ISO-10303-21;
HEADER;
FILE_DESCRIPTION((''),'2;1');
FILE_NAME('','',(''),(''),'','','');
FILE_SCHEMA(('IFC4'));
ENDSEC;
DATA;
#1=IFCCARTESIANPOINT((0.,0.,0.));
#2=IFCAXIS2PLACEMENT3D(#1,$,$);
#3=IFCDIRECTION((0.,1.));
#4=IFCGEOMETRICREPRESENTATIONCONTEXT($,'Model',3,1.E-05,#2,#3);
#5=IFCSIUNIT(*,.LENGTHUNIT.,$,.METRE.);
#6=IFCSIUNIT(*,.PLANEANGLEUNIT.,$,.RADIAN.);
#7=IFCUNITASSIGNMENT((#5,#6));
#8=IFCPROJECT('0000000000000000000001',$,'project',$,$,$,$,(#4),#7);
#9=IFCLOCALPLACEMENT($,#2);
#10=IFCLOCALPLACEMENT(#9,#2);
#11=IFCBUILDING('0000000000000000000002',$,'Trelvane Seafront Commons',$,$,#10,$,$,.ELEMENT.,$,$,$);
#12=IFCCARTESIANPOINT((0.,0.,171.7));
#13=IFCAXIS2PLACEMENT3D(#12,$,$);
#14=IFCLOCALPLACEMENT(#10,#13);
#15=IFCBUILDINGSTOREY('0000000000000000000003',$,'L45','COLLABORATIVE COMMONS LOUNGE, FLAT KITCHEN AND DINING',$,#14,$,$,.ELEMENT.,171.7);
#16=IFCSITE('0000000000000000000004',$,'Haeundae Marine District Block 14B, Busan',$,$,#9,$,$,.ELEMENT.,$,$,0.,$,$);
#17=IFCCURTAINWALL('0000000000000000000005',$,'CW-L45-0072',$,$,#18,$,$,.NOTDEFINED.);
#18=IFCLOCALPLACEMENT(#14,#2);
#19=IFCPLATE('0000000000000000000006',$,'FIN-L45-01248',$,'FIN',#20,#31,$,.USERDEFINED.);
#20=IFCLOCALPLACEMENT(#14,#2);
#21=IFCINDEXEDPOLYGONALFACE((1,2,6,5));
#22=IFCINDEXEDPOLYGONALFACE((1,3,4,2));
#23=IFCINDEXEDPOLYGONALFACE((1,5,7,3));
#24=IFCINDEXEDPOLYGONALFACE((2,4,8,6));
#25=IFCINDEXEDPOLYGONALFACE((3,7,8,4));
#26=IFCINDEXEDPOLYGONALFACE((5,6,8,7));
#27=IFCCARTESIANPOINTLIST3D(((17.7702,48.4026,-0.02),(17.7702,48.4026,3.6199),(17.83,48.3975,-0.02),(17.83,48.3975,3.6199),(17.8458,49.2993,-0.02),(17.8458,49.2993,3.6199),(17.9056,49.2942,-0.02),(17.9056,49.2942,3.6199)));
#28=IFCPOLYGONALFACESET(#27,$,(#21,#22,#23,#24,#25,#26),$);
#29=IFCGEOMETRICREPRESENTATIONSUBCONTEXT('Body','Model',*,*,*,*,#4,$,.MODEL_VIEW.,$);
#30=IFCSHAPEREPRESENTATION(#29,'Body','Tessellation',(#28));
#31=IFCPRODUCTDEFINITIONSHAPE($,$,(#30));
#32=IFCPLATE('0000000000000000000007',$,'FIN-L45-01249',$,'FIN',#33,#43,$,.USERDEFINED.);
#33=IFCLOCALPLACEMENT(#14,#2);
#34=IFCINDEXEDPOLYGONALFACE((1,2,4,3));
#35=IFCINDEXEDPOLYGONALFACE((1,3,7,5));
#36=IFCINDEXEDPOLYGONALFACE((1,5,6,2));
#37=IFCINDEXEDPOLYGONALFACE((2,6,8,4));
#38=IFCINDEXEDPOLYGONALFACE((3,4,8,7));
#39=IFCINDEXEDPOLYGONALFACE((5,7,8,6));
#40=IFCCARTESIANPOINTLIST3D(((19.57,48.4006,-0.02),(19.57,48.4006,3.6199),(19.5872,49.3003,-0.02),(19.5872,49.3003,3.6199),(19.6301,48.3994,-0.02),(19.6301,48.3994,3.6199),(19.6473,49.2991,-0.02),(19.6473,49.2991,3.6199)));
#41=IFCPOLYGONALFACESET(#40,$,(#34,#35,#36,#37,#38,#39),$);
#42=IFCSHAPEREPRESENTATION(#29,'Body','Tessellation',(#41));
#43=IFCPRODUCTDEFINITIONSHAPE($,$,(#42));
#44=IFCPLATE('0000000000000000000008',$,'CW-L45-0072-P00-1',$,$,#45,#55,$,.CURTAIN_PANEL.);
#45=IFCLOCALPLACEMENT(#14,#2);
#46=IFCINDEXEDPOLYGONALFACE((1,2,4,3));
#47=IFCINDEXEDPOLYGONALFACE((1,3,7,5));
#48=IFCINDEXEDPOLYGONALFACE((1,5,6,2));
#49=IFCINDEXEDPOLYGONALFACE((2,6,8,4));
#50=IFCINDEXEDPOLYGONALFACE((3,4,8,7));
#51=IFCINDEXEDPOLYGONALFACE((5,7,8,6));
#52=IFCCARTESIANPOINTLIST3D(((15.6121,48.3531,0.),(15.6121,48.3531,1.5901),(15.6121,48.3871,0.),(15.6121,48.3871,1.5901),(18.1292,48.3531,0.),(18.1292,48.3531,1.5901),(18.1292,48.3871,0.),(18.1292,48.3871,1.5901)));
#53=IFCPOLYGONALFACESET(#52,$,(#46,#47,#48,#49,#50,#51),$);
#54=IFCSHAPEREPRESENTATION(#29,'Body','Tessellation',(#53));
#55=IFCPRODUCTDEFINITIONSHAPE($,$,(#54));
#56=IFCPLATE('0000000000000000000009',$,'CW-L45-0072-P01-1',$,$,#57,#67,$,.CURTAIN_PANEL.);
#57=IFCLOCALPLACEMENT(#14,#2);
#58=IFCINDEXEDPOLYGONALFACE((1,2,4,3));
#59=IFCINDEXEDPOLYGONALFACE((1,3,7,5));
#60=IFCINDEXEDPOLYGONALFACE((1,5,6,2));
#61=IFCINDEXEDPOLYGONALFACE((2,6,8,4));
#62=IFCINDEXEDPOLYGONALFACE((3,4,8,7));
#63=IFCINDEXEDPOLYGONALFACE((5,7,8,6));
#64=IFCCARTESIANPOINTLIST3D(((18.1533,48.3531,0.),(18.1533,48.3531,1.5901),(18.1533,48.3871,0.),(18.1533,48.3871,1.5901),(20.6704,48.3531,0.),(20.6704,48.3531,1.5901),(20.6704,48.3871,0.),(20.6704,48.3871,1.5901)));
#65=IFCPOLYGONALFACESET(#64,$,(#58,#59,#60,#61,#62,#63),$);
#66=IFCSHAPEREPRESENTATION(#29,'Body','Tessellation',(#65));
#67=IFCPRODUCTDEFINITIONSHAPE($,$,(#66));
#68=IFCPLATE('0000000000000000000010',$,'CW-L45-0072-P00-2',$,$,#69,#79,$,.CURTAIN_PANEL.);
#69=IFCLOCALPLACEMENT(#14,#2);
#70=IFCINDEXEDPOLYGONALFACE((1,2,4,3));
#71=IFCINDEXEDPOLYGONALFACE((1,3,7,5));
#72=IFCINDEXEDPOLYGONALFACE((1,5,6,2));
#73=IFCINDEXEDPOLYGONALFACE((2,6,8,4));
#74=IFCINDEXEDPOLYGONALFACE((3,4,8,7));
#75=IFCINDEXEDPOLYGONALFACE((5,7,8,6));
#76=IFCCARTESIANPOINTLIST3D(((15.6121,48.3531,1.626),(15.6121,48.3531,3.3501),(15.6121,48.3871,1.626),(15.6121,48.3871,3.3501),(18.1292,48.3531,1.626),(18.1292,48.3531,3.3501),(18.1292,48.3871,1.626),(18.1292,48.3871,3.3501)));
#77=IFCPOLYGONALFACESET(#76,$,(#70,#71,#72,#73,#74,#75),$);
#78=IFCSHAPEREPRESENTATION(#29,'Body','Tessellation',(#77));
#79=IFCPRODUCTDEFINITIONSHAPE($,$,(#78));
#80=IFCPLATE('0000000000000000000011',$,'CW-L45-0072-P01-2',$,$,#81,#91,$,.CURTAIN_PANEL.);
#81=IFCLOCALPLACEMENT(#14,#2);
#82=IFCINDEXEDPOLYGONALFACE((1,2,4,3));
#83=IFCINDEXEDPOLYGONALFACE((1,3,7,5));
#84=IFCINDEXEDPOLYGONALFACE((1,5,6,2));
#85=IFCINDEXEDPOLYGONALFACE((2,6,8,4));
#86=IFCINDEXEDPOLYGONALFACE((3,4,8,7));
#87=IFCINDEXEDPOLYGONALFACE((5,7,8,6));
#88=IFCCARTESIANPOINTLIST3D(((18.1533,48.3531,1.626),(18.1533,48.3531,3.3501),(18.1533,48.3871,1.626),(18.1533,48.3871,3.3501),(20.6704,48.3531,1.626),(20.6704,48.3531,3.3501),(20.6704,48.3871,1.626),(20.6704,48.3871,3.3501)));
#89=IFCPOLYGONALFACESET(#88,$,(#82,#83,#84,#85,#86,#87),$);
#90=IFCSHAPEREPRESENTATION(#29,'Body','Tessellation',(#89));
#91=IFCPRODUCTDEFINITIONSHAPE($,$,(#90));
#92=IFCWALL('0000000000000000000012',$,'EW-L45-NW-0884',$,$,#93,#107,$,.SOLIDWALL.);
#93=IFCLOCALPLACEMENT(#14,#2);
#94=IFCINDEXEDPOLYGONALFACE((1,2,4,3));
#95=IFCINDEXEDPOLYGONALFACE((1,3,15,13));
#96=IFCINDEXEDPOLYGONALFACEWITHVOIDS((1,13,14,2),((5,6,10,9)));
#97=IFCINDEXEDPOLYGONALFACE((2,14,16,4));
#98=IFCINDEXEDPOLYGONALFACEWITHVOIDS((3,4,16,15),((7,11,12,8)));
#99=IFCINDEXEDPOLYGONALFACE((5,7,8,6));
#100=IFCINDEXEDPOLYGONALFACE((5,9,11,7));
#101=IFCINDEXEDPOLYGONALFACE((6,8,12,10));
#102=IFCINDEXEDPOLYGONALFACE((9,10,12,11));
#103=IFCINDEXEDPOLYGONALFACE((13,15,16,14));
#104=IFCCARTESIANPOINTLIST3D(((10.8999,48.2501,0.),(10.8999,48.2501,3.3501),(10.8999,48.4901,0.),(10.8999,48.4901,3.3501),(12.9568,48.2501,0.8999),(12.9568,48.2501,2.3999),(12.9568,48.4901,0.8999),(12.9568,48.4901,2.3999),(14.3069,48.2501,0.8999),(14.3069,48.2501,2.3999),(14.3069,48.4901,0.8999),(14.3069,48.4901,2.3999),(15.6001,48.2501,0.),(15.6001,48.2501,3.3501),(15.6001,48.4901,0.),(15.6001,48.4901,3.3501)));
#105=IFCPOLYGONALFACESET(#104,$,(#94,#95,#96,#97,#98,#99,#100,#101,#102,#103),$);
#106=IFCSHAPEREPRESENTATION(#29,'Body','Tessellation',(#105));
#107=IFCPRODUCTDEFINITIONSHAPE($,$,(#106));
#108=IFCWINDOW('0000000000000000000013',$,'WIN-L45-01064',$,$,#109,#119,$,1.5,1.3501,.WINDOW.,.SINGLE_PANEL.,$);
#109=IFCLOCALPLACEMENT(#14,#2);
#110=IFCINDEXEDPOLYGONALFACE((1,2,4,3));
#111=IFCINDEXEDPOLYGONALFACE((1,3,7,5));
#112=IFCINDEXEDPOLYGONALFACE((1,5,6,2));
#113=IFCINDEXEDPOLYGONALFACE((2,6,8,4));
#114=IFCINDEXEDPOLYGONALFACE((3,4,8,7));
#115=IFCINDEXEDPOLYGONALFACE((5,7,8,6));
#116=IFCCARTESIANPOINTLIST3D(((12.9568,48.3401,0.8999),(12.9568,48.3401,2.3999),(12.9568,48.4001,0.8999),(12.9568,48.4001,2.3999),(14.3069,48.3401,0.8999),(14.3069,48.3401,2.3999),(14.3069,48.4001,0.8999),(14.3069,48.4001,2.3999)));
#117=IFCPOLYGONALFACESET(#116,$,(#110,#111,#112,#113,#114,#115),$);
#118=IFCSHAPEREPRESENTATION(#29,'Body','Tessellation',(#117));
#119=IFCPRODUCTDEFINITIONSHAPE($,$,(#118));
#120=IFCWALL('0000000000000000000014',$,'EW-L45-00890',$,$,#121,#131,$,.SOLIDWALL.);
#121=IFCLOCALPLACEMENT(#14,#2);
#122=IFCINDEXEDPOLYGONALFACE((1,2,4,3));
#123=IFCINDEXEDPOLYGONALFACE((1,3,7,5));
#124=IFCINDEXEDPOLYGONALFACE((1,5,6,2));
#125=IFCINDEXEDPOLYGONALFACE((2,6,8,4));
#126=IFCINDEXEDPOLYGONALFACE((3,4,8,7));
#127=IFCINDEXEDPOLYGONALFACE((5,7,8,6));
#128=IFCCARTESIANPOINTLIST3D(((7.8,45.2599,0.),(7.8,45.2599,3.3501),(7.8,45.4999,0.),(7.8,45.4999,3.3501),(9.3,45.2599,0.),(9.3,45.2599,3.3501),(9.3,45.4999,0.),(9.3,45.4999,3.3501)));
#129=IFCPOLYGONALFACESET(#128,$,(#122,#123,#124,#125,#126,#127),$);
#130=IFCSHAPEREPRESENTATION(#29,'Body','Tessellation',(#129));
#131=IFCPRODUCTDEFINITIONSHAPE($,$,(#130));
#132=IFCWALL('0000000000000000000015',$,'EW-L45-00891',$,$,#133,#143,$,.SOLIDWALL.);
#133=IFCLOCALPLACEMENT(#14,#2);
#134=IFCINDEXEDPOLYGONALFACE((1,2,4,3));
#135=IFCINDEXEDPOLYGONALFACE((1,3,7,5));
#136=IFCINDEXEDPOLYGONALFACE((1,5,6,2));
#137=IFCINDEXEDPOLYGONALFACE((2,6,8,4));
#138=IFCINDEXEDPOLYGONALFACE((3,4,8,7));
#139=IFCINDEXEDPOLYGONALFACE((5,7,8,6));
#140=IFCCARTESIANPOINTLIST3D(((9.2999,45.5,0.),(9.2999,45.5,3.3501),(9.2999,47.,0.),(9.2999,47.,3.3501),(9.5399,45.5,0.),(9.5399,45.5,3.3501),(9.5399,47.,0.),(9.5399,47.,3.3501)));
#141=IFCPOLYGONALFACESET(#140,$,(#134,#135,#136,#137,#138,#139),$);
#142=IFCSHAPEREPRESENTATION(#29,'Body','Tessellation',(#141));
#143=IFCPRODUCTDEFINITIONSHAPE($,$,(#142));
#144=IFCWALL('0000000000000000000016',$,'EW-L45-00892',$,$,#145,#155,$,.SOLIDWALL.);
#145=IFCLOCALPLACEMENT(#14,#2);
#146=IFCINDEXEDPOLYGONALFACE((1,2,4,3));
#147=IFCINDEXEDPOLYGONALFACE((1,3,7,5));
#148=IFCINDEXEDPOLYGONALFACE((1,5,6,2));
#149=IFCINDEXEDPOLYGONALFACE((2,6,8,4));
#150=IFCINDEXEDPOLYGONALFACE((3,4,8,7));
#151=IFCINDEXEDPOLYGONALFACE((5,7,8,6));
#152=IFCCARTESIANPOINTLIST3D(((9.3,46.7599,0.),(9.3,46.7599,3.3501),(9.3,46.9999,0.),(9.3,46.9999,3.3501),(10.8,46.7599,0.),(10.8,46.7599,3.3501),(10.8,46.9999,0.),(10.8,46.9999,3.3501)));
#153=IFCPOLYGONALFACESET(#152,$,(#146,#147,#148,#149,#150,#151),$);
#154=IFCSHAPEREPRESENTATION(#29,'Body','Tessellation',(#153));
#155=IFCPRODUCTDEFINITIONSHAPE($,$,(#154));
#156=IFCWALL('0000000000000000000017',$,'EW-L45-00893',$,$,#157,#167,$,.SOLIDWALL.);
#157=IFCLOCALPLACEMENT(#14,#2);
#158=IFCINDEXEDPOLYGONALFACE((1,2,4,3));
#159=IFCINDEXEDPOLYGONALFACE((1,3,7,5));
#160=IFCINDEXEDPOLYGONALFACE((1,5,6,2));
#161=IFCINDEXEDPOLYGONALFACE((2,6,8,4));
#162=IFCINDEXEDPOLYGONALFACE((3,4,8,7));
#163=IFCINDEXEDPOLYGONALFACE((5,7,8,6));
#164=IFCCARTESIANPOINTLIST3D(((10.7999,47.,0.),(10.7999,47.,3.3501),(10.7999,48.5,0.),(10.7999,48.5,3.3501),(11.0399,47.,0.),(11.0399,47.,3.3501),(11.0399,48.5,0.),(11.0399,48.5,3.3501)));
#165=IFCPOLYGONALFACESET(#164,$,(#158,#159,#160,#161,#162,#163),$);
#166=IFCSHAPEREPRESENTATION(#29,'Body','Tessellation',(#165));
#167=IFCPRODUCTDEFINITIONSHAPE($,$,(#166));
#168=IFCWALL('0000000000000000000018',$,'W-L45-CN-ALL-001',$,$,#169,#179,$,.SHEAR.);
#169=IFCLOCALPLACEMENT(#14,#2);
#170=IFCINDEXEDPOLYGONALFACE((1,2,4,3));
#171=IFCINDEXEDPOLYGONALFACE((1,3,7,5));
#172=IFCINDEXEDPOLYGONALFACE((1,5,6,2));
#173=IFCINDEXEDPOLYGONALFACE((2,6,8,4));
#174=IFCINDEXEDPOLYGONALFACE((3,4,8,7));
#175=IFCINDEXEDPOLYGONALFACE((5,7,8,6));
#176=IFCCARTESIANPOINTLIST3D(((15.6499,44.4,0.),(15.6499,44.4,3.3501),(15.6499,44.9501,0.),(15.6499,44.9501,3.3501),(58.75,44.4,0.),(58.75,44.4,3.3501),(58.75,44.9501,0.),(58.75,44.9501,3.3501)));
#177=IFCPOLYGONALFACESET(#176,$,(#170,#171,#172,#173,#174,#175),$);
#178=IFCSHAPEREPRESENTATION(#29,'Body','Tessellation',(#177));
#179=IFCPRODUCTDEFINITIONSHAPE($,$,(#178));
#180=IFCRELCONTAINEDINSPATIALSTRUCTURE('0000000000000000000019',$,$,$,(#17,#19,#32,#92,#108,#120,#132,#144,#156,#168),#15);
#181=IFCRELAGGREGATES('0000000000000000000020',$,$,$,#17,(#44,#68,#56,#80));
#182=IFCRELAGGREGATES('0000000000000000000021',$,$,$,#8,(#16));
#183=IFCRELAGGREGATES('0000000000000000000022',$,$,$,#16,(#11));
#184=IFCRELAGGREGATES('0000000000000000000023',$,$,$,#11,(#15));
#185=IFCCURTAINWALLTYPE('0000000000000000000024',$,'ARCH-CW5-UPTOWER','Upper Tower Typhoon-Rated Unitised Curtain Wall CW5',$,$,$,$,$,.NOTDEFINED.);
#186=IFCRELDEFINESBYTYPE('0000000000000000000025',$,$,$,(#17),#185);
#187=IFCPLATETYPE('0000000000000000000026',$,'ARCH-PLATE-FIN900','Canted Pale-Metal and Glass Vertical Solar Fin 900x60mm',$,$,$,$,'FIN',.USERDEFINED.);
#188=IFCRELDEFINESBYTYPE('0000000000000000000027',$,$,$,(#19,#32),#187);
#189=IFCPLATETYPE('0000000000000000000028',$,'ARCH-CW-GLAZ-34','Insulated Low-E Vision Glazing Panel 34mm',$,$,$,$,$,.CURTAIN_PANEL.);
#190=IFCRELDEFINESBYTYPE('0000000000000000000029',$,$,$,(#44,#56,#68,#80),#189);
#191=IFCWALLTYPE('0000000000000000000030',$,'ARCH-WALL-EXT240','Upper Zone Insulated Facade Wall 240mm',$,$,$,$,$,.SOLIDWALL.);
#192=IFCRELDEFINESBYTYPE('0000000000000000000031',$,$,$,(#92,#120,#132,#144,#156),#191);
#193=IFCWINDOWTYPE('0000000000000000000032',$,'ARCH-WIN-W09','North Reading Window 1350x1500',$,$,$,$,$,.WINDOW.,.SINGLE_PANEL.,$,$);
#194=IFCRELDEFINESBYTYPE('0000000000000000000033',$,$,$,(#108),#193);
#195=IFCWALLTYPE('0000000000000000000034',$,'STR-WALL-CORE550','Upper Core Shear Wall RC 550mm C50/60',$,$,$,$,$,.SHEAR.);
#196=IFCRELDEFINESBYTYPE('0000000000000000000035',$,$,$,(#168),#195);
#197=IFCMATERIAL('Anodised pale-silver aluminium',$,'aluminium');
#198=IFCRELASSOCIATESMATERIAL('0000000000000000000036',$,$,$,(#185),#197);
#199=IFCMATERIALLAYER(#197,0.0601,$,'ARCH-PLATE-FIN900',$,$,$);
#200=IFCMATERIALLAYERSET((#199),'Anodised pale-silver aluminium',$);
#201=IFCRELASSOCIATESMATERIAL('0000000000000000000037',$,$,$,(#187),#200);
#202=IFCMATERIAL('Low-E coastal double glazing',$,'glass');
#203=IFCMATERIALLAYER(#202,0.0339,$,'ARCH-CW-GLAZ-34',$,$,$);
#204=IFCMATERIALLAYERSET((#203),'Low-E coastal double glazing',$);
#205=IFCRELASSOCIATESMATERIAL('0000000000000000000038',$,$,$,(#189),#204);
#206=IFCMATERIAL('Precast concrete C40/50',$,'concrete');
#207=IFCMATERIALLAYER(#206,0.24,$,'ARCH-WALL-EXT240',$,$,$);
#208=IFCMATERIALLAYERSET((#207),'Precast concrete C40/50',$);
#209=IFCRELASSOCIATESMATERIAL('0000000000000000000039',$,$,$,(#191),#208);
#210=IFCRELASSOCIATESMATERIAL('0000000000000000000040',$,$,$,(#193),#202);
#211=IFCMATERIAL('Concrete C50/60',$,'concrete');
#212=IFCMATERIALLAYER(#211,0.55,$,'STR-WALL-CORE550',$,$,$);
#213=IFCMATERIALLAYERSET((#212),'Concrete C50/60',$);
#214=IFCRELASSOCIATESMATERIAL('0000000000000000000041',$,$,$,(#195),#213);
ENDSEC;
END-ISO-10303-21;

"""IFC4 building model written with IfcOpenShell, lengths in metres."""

from ifc_helpers import new_model, si_unit, direction, frame, frame_2d, origin, origin_2d, place, context, subcontext, project, spatial, rectangle, extrude, source, transform, mapped, material, layer, layer_set, type_object, element, fill, aggregate, save


model = new_model("IFC4")

# Units and contexts
model_context = context("Model", 3, precision=1e-05, world=origin(), true_north=direction((0.0, 1.0)))
body_context = subcontext(model_context, "Body", "Model", "MODEL_VIEW")
ifc_project = project(units=[si_unit("LENGTHUNIT", "METRE"), si_unit("PLANEANGLEUNIT", "RADIAN")], contexts=[model_context])

# Site, building, storey
site_placement = place(None, origin())
site = spatial("IfcSite", under=ifc_project, at=site_placement, Name="Haeundae Marine District Block 14B, Busan", CompositionType="ELEMENT", RefElevation=0.0)
building_placement = place(site_placement, origin())
building = spatial("IfcBuilding", under=site, at=building_placement, Name="Trelvane Seafront Commons", CompositionType="ELEMENT")
storey_placement = place(building_placement, frame((0.0, 0.0, 171.7)))
storey = spatial("IfcBuildingStorey", under=building, at=storey_placement, Name="L45", Description="COLLABORATIVE COMMONS LOUNGE, FLAT KITCHEN AND DINING", CompositionType="ELEMENT", Elevation=171.7)

# Shared definitions
ifc_material_1 = material(Name="Concrete C50/60", Category="concrete")

# Curtain wall
ifc_material_2 = material(Name="Anodised pale-silver aluminium", Category="aluminium")
curtain_wall_type = type_object("IfcCurtainWallType", Name="ARCH-CW5-UPTOWER", Description="Upper Tower Typhoon-Rated Unitised Curtain Wall CW5", PredefinedType="NOTDEFINED", material=ifc_material_2)
curtain_wall_placement = place(storey_placement, origin())
curtain_wall = element("IfcCurtainWall", 1, at=curtain_wall_placement, inside=storey, type_object=curtain_wall_type, Name="CW-L45-0072", PredefinedType="NOTDEFINED")

# Plates
ifc_layer_1 = layer(ifc_material_2, 0.0601, Name="ARCH-PLATE-FIN900")
ifc_layer_set_1 = layer_set([ifc_layer_1], Name="Anodised pale-silver aluminium")
plate_type_1 = type_object("IfcPlateType", Name="ARCH-PLATE-FIN900", Description="Canted Pale-Metal and Glass Vertical Solar Fin 900x60mm", ElementType="FIN", PredefinedType="USERDEFINED", material=ifc_layer_set_1)
shared_shape_1 = source(origin(), body_context, "Body", "SweptSolid", [
    extrude(rectangle(XDim=0.8999, YDim=0.0601, at=origin_2d()), origin(), (0.0, 0.0, 1.0), 3.6399),
])
for number, where, z_axis, x_axis, name in (
    (2, (17.8379, 48.8484, -0.02), (0.0, 0.0, 1.0), (0.084001, 0.996466, 0.0), "FIN-L45-01248"),
    (3, (19.6086, 48.8499, -0.02), (0.0, 0.0, 1.0), (0.019112, 0.999817, 0.0), "FIN-L45-01249"),
):
    element("IfcPlate", number, at=place(storey_placement, frame(where, z_axis=z_axis, x_axis=x_axis)), inside=storey, type_object=plate_type_1, Name=name, ObjectType="FIN", PredefinedType="USERDEFINED", context=body_context, shape_type="MappedRepresentation", body=[
        mapped(shared_shape_1, transform((0.0, 0.0, 0.0), x_axis=(1.0, 0.0, 0.0), y_axis=(0.0, 1.0, 0.0), z_axis=(0.0, 0.0, 1.0), scale=1.0)),
    ])

# Plates
ifc_material_3 = material(Name="Low-E coastal double glazing", Category="glass")
ifc_layer_2 = layer(ifc_material_3, 0.0339, Name="ARCH-CW-GLAZ-34")
ifc_layer_set_2 = layer_set([ifc_layer_2], Name="Low-E coastal double glazing")
plate_type_2 = type_object("IfcPlateType", Name="ARCH-CW-GLAZ-34", Description="Insulated Low-E Vision Glazing Panel 34mm", PredefinedType="CURTAIN_PANEL", material=ifc_layer_set_2)
shared_shape_2 = source(origin(), body_context, "Body", "SweptSolid", [
    extrude(rectangle(XDim=2.5171, YDim=0.0339, at=origin_2d()), origin(), (0.0, 0.0, 1.0), 1.5901),
])
plate_1_placement = place(storey_placement, frame((16.8706, 48.3701, 0.0), z_axis=(0.0, 0.0, 1.0), x_axis=(1.0, 0.0, 0.0)))
plate_1 = element("IfcPlate", 4, at=plate_1_placement, type_object=plate_type_2, Name="CW-L45-0072-P00-1", PredefinedType="CURTAIN_PANEL", context=body_context, shape_type="MappedRepresentation", body=[
    mapped(shared_shape_2, transform((0.0, 0.0, 0.0), x_axis=(1.0, 0.0, 0.0), y_axis=(0.0, 1.0, 0.0), z_axis=(0.0, 0.0, 1.0), scale=1.0)),
])
plate_2_placement = place(storey_placement, frame((19.4119, 48.3701, 0.0), z_axis=(0.0, 0.0, 1.0), x_axis=(1.0, 0.0, 0.0)))
plate_2 = element("IfcPlate", 5, at=plate_2_placement, type_object=plate_type_2, Name="CW-L45-0072-P01-1", PredefinedType="CURTAIN_PANEL", context=body_context, shape_type="MappedRepresentation", body=[
    mapped(shared_shape_2, transform((0.0, 0.0, 0.0), x_axis=(1.0, 0.0, 0.0), y_axis=(0.0, 1.0, 0.0), z_axis=(0.0, 0.0, 1.0), scale=1.0)),
])
shared_shape_3 = source(origin(), body_context, "Body", "SweptSolid", [
    extrude(rectangle(XDim=2.5171, YDim=0.0339, at=origin_2d()), origin(), (0.0, 0.0, 1.0), 1.7241),
])
plate_3_placement = place(storey_placement, frame((16.8706, 48.3701, 1.626), z_axis=(0.0, 0.0, 1.0), x_axis=(1.0, 0.0, 0.0)))
plate_3 = element("IfcPlate", 6, at=plate_3_placement, type_object=plate_type_2, Name="CW-L45-0072-P00-2", PredefinedType="CURTAIN_PANEL", context=body_context, shape_type="MappedRepresentation", body=[
    mapped(shared_shape_3, transform((0.0, 0.0, 0.0), x_axis=(1.0, 0.0, 0.0), y_axis=(0.0, 1.0, 0.0), z_axis=(0.0, 0.0, 1.0), scale=1.0)),
])
plate_4_placement = place(storey_placement, frame((19.4119, 48.3701, 1.626), z_axis=(0.0, 0.0, 1.0), x_axis=(1.0, 0.0, 0.0)))
plate_4 = element("IfcPlate", 7, at=plate_4_placement, type_object=plate_type_2, Name="CW-L45-0072-P01-2", PredefinedType="CURTAIN_PANEL", context=body_context, shape_type="MappedRepresentation", body=[
    mapped(shared_shape_3, transform((0.0, 0.0, 0.0), x_axis=(1.0, 0.0, 0.0), y_axis=(0.0, 1.0, 0.0), z_axis=(0.0, 0.0, 1.0), scale=1.0)),
])
aggregate(curtain_wall, [plate_1, plate_3, plate_2, plate_4])

# Wall, opening, window
ifc_material_4 = material(Name="Precast concrete C40/50", Category="concrete")
ifc_layer_3 = layer(ifc_material_4, 0.24, Name="ARCH-WALL-EXT240")
ifc_layer_set_3 = layer_set([ifc_layer_3], Name="Precast concrete C40/50")
wall_type_1 = type_object("IfcWallType", Name="ARCH-WALL-EXT240", Description="Upper Zone Insulated Facade Wall 240mm", PredefinedType="SOLIDWALL", material=ifc_layer_set_3)
wall_1_placement = place(storey_placement, frame((10.8999, 48.3701, 0.0), z_axis=(0.0, 0.0, 1.0), x_axis=(1.0, 0.0, 0.0)))
wall_1 = element("IfcWall", 8, at=wall_1_placement, inside=storey, type_object=wall_type_1, Name="EW-L45-NW-0884", PredefinedType="SOLIDWALL", context=body_context, shape_type="SweptSolid", body=[
    extrude(rectangle(XDim=4.7002, YDim=0.24, at=frame_2d((2.3501, 0.0))), origin(), (0.0, 0.0, 1.0), 3.3501),
])
opening_1_placement = place(wall_1_placement, frame((2.0569, 0.0, 0.8999)))
opening_1 = element("IfcOpeningElement", 9, at=opening_1_placement, cuts=wall_1, PredefinedType="OPENING", context=body_context, shape_type="SweptSolid", body=[
    extrude(rectangle(XDim=1.3501, YDim=1.5, at=frame_2d((0.675, 0.75))), frame((0.0, 0.1299, 0.0), z_axis=(0.0, -1.0, 0.0), x_axis=(1.0, 0.0, 0.0)), (0.0, 0.0, 1.0), 0.26),
])
window_type = type_object("IfcWindowType", Name="ARCH-WIN-W09", Description="North Reading Window 1350x1500", PartitioningType="SINGLE_PANEL", PredefinedType="WINDOW", material=ifc_material_3)
shared_shape_4 = source(origin(), body_context, "Body", "SweptSolid", [
    extrude(rectangle(XDim=1.3501, YDim=1.5, at=frame_2d((0.675, 0.75))), frame((0.0, 0.03, 0.0), z_axis=(0.0, -1.0, 0.0), x_axis=(1.0, 0.0, 0.0)), (0.0, 0.0, 1.0), 0.0601),
])
window_placement = place(opening_1_placement, origin())
window = element("IfcWindow", 10, at=window_placement, inside=storey, type_object=window_type, Name="WIN-L45-01064", OverallHeight=1.5, OverallWidth=1.3501, PartitioningType="SINGLE_PANEL", PredefinedType="WINDOW", context=body_context, shape_type="MappedRepresentation", body=[
    mapped(shared_shape_4, transform((0.0, 0.0, 0.0), x_axis=(1.0, 0.0, 0.0), y_axis=(0.0, 1.0, 0.0), z_axis=(0.0, 0.0, 1.0), scale=1.0)),
])
fill(opening_1, window)

# Walls
for number, where, z_axis, x_axis, name in (
    (11, (7.8, 45.3799, 0.0), (0.0, 0.0, 1.0), (1.0, 0.0, 0.0), "EW-L45-00890"),
    (12, (9.4199, 45.5, 0.0), (0.0, 0.0, 1.0), (0.0, 1.0, 0.0), "EW-L45-00891"),
    (13, (9.3, 46.8799, 0.0), (0.0, 0.0, 1.0), (1.0, 0.0, 0.0), "EW-L45-00892"),
    (14, (10.9199, 47.0, 0.0), (0.0, 0.0, 1.0), (0.0, 1.0, 0.0), "EW-L45-00893"),
):
    element("IfcWall", number, at=place(storey_placement, frame(where, z_axis=z_axis, x_axis=x_axis)), inside=storey, type_object=wall_type_1, Name=name, PredefinedType="SOLIDWALL", context=body_context, shape_type="SweptSolid", body=[
        extrude(rectangle(XDim=1.5, YDim=0.24, at=frame_2d((0.75, 0.0))), origin(), (0.0, 0.0, 1.0), 3.3501),
    ])

# Wall
ifc_layer_4 = layer(ifc_material_1, 0.55, Name="STR-WALL-CORE550")
ifc_layer_set_4 = layer_set([ifc_layer_4], Name="Concrete C50/60")
wall_type_2 = type_object("IfcWallType", Name="STR-WALL-CORE550", Description="Upper Core Shear Wall RC 550mm C50/60", PredefinedType="SHEAR", material=ifc_layer_set_4)
wall_2_placement = place(storey_placement, frame((15.6499, 44.675, 0.0), z_axis=(0.0, 0.0, 1.0), x_axis=(1.0, 0.0, 0.0)))
element("IfcWall", 15, at=wall_2_placement, inside=storey, type_object=wall_type_2, Name="W-L45-CN-ALL-001", PredefinedType="SHEAR", context=body_context, shape_type="SweptSolid", body=[
    extrude(rectangle(XDim=43.1001, YDim=0.55, at=frame_2d((21.55, 0.0))), origin(), (0.0, 0.0, 1.0), 3.3501),
])

save(model, "model.ifc")
